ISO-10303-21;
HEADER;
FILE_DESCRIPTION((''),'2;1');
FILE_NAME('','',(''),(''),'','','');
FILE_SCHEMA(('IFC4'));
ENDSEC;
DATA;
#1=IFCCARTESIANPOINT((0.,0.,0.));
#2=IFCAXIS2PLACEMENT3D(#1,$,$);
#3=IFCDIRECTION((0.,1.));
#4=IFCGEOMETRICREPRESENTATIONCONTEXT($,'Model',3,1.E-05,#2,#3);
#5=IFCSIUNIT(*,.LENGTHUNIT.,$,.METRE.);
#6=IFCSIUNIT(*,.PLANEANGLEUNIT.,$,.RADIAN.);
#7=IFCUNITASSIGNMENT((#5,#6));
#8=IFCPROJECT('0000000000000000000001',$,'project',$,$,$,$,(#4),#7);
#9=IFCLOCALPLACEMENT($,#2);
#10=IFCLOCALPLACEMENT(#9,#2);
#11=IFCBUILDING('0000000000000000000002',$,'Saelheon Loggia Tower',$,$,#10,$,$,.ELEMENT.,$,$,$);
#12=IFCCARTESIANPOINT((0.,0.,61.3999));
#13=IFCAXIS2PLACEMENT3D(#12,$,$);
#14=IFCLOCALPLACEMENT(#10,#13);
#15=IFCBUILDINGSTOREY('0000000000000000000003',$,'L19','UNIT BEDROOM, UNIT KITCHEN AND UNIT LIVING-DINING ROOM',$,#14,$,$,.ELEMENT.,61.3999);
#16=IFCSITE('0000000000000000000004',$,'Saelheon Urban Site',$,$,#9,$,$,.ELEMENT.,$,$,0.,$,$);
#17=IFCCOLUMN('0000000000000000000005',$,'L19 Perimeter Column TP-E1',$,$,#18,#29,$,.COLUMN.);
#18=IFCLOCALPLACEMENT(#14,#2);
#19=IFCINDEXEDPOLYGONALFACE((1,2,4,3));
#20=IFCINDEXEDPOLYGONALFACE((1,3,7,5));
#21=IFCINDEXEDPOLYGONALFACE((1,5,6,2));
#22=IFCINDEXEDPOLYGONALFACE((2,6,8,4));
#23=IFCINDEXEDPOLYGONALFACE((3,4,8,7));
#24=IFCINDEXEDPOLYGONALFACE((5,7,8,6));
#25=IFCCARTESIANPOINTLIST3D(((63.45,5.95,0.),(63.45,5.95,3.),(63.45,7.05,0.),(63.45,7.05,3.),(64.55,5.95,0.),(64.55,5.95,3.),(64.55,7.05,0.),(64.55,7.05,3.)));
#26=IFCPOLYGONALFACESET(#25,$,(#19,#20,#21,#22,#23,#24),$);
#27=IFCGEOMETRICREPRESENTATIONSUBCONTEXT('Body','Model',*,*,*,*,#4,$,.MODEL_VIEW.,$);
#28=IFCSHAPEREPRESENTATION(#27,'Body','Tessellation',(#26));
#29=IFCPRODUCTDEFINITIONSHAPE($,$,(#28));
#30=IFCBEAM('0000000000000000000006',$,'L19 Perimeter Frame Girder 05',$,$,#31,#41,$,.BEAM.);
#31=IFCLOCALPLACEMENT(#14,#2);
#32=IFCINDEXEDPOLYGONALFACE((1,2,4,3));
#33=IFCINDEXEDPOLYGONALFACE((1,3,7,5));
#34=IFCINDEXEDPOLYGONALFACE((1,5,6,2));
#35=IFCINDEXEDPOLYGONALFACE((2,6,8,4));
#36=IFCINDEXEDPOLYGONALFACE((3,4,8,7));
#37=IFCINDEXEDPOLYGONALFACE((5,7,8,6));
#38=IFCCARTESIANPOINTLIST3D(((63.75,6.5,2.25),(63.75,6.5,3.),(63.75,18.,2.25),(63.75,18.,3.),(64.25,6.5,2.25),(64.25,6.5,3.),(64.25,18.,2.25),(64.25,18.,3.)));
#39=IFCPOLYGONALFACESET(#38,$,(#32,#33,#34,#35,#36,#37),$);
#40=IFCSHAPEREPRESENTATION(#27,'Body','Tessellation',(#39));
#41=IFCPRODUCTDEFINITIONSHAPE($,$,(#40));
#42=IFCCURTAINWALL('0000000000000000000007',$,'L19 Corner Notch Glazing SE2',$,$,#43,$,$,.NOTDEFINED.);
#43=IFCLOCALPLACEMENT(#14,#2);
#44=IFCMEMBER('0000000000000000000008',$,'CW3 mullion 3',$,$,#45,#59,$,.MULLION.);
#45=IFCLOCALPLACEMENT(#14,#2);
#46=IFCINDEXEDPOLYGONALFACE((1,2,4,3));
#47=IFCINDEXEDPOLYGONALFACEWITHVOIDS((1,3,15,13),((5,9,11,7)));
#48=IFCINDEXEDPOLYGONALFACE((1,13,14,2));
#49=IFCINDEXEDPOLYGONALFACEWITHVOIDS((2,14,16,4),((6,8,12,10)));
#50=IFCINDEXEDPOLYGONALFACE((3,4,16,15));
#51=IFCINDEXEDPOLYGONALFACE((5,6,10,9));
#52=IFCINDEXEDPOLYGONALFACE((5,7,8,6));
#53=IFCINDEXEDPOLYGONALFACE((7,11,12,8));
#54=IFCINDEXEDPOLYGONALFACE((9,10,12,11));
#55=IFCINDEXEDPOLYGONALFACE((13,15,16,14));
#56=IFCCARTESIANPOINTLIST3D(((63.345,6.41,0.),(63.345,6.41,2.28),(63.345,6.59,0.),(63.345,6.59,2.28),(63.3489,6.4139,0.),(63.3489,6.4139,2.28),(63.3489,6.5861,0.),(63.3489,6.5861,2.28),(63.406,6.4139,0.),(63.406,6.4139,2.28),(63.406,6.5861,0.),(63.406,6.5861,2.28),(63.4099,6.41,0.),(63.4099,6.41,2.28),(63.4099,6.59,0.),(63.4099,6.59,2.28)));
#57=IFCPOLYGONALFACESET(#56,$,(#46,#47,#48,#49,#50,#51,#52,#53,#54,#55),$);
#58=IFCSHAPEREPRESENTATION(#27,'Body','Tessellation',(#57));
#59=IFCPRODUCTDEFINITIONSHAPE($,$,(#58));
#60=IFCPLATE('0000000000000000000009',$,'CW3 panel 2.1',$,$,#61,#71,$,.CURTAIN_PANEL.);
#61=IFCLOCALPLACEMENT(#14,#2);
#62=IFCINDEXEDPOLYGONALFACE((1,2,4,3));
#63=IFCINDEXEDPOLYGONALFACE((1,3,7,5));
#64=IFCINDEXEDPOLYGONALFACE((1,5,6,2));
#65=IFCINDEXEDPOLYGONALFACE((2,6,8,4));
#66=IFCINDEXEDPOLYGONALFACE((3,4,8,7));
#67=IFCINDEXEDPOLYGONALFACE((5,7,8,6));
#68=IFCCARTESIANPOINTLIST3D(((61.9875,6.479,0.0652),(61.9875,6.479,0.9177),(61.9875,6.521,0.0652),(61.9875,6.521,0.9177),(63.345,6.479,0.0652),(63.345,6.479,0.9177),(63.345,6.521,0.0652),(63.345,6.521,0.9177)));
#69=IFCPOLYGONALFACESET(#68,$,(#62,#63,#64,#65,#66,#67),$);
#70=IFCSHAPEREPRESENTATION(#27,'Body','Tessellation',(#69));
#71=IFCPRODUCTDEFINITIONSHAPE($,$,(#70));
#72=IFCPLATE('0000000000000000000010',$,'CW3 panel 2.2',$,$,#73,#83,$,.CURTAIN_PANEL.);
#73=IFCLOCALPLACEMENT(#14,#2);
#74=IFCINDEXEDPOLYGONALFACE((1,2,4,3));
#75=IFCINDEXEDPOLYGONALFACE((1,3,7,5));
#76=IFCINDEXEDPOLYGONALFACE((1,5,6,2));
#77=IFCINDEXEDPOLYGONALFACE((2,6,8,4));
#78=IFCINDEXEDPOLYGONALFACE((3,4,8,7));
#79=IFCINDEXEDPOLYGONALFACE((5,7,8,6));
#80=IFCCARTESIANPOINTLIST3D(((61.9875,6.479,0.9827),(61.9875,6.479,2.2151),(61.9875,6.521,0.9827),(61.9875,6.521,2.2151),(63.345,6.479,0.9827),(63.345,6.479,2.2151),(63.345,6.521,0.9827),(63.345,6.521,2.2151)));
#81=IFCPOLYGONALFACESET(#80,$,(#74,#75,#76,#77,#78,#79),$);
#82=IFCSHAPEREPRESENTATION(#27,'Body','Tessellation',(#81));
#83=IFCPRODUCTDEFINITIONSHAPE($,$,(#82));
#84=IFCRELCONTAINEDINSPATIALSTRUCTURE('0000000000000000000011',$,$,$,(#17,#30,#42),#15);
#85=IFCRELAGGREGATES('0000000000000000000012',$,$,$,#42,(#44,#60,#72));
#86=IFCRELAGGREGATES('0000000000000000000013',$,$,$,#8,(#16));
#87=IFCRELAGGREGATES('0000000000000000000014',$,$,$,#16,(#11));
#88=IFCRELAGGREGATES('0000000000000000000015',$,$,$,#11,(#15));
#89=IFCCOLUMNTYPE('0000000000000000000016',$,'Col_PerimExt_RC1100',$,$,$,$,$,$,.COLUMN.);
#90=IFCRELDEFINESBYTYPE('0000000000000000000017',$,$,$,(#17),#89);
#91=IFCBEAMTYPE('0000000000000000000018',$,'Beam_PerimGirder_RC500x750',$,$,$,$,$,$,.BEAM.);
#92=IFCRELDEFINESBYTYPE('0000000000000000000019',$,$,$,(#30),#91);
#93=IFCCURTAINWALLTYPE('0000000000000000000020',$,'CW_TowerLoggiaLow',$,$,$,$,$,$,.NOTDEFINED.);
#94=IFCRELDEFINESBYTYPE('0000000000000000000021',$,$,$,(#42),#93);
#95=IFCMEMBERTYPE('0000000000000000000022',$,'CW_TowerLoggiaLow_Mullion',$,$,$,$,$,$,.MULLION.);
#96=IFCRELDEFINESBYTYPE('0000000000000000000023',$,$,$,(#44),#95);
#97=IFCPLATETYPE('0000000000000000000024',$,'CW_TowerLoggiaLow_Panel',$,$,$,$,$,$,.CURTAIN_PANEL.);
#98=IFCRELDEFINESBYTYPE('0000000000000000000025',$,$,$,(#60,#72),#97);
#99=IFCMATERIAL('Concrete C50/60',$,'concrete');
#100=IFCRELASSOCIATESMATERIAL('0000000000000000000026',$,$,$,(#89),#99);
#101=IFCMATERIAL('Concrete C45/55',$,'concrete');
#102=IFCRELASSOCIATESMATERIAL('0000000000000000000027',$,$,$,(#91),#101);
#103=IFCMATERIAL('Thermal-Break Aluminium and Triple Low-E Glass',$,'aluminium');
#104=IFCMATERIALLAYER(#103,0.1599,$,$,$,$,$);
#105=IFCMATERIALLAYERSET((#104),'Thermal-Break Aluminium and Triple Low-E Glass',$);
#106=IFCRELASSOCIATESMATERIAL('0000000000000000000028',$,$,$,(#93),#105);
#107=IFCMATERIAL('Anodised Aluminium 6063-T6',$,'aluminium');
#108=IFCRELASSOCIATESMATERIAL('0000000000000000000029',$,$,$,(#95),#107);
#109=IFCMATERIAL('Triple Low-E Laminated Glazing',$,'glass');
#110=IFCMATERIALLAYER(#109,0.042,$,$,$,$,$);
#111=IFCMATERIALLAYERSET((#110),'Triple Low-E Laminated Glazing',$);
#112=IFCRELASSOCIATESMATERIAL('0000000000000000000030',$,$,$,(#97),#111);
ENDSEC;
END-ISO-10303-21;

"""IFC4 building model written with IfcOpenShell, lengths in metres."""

from ifc_helpers import new_model, si_unit, direction, frame, origin, origin_2d, place, context, subcontext, project, spatial, rectangle, hollow_rectangle, extrude, source, transform, mapped, material, layer, layer_set, material_profile, profile_set, type_object, element, aggregate, save


model = new_model("IFC4")

# Units and contexts
model_context = context("Model", 3, precision=1e-05, world=origin(), true_north=direction((0.0, 1.0)))
body_context = subcontext(model_context, "Body", "Model", "MODEL_VIEW")
ifc_project = project(units=[si_unit("LENGTHUNIT", "METRE"), si_unit("PLANEANGLEUNIT", "RADIAN")], contexts=[model_context])

# Site, building, storey
site_placement = place(None, origin())
site = spatial("IfcSite", under=ifc_project, at=site_placement, Name="Saelheon Urban Site", CompositionType="ELEMENT", RefElevation=0.0)
building_placement = place(site_placement, origin())
building = spatial("IfcBuilding", under=site, at=building_placement, Name="Saelheon Loggia Tower", CompositionType="ELEMENT")
storey_placement = place(building_placement, frame((0.0, 0.0, 61.3999)))
storey = spatial("IfcBuildingStorey", under=building, at=storey_placement, Name="L19", Description="UNIT BEDROOM, UNIT KITCHEN AND UNIT LIVING-DINING ROOM", CompositionType="ELEMENT", Elevation=61.3999)

# Column
ifc_material_1 = material(Name="Concrete C50/60", Category="concrete")
ifc_material_profile_1 = material_profile(ifc_material_1, rectangle(XDim=1.1001, YDim=1.1001, at=origin_2d()), Name="RC-1100x1100")
ifc_profile_set_1 = profile_set([ifc_material_profile_1], Name="Concrete C50/60")
column_type = type_object("IfcColumnType", Name="Col_PerimExt_RC1100", PredefinedType="COLUMN", material=ifc_profile_set_1)
shared_shape_1 = source(origin(), body_context, "Body", "SweptSolid", [
    extrude(rectangle(XDim=1.1001, YDim=1.1001, at=origin_2d()), origin(), (0.0, 0.0, 1.0), 3.0),
])
column_placement = place(storey_placement, frame((64.0, 6.5, 0.0), z_axis=(0.0, 0.0, 1.0), x_axis=(1.0, 0.0, 0.0)))
element("IfcColumn", 1, at=column_placement, inside=storey, type_object=column_type, Name="L19 Perimeter Column TP-E1", PredefinedType="COLUMN", context=body_context, shape_type="MappedRepresentation", body=[
    mapped(shared_shape_1, transform((0.0, 0.0, 0.0), scale=1.0)),
])

# Beam
ifc_material_2 = material(Name="Concrete C45/55", Category="concrete")
ifc_material_profile_2 = material_profile(ifc_material_2, rectangle(XDim=0.5, YDim=0.75, at=origin_2d()), Name="RC-500x750")
ifc_profile_set_2 = profile_set([ifc_material_profile_2], Name="Concrete C45/55")
beam_type = type_object("IfcBeamType", Name="Beam_PerimGirder_RC500x750", PredefinedType="BEAM", material=ifc_profile_set_2)
shared_shape_2 = source(origin(), body_context, "Body", "SweptSolid", [
    extrude(rectangle(XDim=0.5, YDim=0.75, at=origin_2d()), origin(), (0.0, 0.0, 1.0), 11.5),
])
beam_placement = place(storey_placement, frame((64.0, 6.5, 2.625), z_axis=(0.0, 1.0, 0.0), x_axis=(-1.0, 0.0, 0.0)))
element("IfcBeam", 2, at=beam_placement, inside=storey, type_object=beam_type, Name="L19 Perimeter Frame Girder 05", PredefinedType="BEAM", context=body_context, shape_type="MappedRepresentation", body=[
    mapped(shared_shape_2, transform((0.0, 0.0, 0.0), scale=1.0)),
])

# Curtain wall, member, plates
ifc_material_3 = material(Name="Thermal-Break Aluminium and Triple Low-E Glass", Category="aluminium")
ifc_layer_1 = layer(ifc_material_3, 0.1599)
ifc_layer_set_1 = layer_set([ifc_layer_1], Name="Thermal-Break Aluminium and Triple Low-E Glass")
curtain_wall_type = type_object("IfcCurtainWallType", Name="CW_TowerLoggiaLow", PredefinedType="NOTDEFINED", material=ifc_layer_set_1)
curtain_wall_placement = place(storey_placement, origin())
curtain_wall = element("IfcCurtainWall", 3, at=curtain_wall_placement, inside=storey, type_object=curtain_wall_type, Name="L19 Corner Notch Glazing SE2", PredefinedType="NOTDEFINED")
ifc_material_4 = material(Name="Anodised Aluminium 6063-T6", Category="aluminium")
ifc_material_profile_3 = material_profile(ifc_material_4, hollow_rectangle(XDim=0.0649, YDim=0.1799, WallThickness=0.0039, at=origin_2d()), Name="RHS-180x65x4")
ifc_profile_set_3 = profile_set([ifc_material_profile_3], Name="Anodised Aluminium 6063-T6")
member_type = type_object("IfcMemberType", Name="CW_TowerLoggiaLow_Mullion", PredefinedType="MULLION", material=ifc_profile_set_3)
shared_shape_3 = source(origin(), body_context, "Body", "SweptSolid", [
    extrude(hollow_rectangle(XDim=0.0649, YDim=0.1799, WallThickness=0.0039, at=origin_2d()), origin(), (0.0, 0.0, 1.0), 2.28),
])
member_placement = place(storey_placement, frame((63.3774, 6.5, 0.0), z_axis=(0.0, 0.0, 1.0), x_axis=(1.0, 0.0, 0.0)))
member = element("IfcMember", 4, at=member_placement, type_object=member_type, Name="CW3 mullion 3", PredefinedType="MULLION", context=body_context, shape_type="MappedRepresentation", body=[
    mapped(shared_shape_3, transform((0.0, 0.0, 0.0), scale=1.0)),
])
ifc_material_5 = material(Name="Triple Low-E Laminated Glazing", Category="glass")
ifc_layer_2 = layer(ifc_material_5, 0.042)
ifc_layer_set_2 = layer_set([ifc_layer_2], Name="Triple Low-E Laminated Glazing")
plate_type = type_object("IfcPlateType", Name="CW_TowerLoggiaLow_Panel", PredefinedType="CURTAIN_PANEL", material=ifc_layer_set_2)
shared_shape_4 = source(origin(), body_context, "Body", "SweptSolid", [
    extrude(rectangle(XDim=1.3574, YDim=0.042, at=origin_2d()), origin(), (0.0, 0.0, 1.0), 0.8525),
])
plate_1_placement = place(storey_placement, frame((62.6663, 6.5, 0.0652), z_axis=(0.0, 0.0, 1.0), x_axis=(1.0, 0.0, 0.0)))
plate_1 = element("IfcPlate", 5, at=plate_1_placement, type_object=plate_type, Name="CW3 panel 2.1", PredefinedType="CURTAIN_PANEL", context=body_context, shape_type="MappedRepresentation", body=[
    mapped(shared_shape_4, transform((0.0, 0.0, 0.0), scale=1.0)),
])
shared_shape_5 = source(origin(), body_context, "Body", "SweptSolid", [
    extrude(rectangle(XDim=1.3574, YDim=0.042, at=origin_2d()), origin(), (0.0, 0.0, 1.0), 1.2324),
])
plate_2_placement = place(storey_placement, frame((62.6663, 6.5, 0.9827), z_axis=(0.0, 0.0, 1.0), x_axis=(1.0, 0.0, 0.0)))
plate_2 = element("IfcPlate", 6, at=plate_2_placement, type_object=plate_type, Name="CW3 panel 2.2", PredefinedType="CURTAIN_PANEL", context=body_context, shape_type="MappedRepresentation", body=[
    mapped(shared_shape_5, transform((0.0, 0.0, 0.0), scale=1.0)),
])
aggregate(curtain_wall, [member, plate_1, plate_2])

save(model, "model.ifc")
